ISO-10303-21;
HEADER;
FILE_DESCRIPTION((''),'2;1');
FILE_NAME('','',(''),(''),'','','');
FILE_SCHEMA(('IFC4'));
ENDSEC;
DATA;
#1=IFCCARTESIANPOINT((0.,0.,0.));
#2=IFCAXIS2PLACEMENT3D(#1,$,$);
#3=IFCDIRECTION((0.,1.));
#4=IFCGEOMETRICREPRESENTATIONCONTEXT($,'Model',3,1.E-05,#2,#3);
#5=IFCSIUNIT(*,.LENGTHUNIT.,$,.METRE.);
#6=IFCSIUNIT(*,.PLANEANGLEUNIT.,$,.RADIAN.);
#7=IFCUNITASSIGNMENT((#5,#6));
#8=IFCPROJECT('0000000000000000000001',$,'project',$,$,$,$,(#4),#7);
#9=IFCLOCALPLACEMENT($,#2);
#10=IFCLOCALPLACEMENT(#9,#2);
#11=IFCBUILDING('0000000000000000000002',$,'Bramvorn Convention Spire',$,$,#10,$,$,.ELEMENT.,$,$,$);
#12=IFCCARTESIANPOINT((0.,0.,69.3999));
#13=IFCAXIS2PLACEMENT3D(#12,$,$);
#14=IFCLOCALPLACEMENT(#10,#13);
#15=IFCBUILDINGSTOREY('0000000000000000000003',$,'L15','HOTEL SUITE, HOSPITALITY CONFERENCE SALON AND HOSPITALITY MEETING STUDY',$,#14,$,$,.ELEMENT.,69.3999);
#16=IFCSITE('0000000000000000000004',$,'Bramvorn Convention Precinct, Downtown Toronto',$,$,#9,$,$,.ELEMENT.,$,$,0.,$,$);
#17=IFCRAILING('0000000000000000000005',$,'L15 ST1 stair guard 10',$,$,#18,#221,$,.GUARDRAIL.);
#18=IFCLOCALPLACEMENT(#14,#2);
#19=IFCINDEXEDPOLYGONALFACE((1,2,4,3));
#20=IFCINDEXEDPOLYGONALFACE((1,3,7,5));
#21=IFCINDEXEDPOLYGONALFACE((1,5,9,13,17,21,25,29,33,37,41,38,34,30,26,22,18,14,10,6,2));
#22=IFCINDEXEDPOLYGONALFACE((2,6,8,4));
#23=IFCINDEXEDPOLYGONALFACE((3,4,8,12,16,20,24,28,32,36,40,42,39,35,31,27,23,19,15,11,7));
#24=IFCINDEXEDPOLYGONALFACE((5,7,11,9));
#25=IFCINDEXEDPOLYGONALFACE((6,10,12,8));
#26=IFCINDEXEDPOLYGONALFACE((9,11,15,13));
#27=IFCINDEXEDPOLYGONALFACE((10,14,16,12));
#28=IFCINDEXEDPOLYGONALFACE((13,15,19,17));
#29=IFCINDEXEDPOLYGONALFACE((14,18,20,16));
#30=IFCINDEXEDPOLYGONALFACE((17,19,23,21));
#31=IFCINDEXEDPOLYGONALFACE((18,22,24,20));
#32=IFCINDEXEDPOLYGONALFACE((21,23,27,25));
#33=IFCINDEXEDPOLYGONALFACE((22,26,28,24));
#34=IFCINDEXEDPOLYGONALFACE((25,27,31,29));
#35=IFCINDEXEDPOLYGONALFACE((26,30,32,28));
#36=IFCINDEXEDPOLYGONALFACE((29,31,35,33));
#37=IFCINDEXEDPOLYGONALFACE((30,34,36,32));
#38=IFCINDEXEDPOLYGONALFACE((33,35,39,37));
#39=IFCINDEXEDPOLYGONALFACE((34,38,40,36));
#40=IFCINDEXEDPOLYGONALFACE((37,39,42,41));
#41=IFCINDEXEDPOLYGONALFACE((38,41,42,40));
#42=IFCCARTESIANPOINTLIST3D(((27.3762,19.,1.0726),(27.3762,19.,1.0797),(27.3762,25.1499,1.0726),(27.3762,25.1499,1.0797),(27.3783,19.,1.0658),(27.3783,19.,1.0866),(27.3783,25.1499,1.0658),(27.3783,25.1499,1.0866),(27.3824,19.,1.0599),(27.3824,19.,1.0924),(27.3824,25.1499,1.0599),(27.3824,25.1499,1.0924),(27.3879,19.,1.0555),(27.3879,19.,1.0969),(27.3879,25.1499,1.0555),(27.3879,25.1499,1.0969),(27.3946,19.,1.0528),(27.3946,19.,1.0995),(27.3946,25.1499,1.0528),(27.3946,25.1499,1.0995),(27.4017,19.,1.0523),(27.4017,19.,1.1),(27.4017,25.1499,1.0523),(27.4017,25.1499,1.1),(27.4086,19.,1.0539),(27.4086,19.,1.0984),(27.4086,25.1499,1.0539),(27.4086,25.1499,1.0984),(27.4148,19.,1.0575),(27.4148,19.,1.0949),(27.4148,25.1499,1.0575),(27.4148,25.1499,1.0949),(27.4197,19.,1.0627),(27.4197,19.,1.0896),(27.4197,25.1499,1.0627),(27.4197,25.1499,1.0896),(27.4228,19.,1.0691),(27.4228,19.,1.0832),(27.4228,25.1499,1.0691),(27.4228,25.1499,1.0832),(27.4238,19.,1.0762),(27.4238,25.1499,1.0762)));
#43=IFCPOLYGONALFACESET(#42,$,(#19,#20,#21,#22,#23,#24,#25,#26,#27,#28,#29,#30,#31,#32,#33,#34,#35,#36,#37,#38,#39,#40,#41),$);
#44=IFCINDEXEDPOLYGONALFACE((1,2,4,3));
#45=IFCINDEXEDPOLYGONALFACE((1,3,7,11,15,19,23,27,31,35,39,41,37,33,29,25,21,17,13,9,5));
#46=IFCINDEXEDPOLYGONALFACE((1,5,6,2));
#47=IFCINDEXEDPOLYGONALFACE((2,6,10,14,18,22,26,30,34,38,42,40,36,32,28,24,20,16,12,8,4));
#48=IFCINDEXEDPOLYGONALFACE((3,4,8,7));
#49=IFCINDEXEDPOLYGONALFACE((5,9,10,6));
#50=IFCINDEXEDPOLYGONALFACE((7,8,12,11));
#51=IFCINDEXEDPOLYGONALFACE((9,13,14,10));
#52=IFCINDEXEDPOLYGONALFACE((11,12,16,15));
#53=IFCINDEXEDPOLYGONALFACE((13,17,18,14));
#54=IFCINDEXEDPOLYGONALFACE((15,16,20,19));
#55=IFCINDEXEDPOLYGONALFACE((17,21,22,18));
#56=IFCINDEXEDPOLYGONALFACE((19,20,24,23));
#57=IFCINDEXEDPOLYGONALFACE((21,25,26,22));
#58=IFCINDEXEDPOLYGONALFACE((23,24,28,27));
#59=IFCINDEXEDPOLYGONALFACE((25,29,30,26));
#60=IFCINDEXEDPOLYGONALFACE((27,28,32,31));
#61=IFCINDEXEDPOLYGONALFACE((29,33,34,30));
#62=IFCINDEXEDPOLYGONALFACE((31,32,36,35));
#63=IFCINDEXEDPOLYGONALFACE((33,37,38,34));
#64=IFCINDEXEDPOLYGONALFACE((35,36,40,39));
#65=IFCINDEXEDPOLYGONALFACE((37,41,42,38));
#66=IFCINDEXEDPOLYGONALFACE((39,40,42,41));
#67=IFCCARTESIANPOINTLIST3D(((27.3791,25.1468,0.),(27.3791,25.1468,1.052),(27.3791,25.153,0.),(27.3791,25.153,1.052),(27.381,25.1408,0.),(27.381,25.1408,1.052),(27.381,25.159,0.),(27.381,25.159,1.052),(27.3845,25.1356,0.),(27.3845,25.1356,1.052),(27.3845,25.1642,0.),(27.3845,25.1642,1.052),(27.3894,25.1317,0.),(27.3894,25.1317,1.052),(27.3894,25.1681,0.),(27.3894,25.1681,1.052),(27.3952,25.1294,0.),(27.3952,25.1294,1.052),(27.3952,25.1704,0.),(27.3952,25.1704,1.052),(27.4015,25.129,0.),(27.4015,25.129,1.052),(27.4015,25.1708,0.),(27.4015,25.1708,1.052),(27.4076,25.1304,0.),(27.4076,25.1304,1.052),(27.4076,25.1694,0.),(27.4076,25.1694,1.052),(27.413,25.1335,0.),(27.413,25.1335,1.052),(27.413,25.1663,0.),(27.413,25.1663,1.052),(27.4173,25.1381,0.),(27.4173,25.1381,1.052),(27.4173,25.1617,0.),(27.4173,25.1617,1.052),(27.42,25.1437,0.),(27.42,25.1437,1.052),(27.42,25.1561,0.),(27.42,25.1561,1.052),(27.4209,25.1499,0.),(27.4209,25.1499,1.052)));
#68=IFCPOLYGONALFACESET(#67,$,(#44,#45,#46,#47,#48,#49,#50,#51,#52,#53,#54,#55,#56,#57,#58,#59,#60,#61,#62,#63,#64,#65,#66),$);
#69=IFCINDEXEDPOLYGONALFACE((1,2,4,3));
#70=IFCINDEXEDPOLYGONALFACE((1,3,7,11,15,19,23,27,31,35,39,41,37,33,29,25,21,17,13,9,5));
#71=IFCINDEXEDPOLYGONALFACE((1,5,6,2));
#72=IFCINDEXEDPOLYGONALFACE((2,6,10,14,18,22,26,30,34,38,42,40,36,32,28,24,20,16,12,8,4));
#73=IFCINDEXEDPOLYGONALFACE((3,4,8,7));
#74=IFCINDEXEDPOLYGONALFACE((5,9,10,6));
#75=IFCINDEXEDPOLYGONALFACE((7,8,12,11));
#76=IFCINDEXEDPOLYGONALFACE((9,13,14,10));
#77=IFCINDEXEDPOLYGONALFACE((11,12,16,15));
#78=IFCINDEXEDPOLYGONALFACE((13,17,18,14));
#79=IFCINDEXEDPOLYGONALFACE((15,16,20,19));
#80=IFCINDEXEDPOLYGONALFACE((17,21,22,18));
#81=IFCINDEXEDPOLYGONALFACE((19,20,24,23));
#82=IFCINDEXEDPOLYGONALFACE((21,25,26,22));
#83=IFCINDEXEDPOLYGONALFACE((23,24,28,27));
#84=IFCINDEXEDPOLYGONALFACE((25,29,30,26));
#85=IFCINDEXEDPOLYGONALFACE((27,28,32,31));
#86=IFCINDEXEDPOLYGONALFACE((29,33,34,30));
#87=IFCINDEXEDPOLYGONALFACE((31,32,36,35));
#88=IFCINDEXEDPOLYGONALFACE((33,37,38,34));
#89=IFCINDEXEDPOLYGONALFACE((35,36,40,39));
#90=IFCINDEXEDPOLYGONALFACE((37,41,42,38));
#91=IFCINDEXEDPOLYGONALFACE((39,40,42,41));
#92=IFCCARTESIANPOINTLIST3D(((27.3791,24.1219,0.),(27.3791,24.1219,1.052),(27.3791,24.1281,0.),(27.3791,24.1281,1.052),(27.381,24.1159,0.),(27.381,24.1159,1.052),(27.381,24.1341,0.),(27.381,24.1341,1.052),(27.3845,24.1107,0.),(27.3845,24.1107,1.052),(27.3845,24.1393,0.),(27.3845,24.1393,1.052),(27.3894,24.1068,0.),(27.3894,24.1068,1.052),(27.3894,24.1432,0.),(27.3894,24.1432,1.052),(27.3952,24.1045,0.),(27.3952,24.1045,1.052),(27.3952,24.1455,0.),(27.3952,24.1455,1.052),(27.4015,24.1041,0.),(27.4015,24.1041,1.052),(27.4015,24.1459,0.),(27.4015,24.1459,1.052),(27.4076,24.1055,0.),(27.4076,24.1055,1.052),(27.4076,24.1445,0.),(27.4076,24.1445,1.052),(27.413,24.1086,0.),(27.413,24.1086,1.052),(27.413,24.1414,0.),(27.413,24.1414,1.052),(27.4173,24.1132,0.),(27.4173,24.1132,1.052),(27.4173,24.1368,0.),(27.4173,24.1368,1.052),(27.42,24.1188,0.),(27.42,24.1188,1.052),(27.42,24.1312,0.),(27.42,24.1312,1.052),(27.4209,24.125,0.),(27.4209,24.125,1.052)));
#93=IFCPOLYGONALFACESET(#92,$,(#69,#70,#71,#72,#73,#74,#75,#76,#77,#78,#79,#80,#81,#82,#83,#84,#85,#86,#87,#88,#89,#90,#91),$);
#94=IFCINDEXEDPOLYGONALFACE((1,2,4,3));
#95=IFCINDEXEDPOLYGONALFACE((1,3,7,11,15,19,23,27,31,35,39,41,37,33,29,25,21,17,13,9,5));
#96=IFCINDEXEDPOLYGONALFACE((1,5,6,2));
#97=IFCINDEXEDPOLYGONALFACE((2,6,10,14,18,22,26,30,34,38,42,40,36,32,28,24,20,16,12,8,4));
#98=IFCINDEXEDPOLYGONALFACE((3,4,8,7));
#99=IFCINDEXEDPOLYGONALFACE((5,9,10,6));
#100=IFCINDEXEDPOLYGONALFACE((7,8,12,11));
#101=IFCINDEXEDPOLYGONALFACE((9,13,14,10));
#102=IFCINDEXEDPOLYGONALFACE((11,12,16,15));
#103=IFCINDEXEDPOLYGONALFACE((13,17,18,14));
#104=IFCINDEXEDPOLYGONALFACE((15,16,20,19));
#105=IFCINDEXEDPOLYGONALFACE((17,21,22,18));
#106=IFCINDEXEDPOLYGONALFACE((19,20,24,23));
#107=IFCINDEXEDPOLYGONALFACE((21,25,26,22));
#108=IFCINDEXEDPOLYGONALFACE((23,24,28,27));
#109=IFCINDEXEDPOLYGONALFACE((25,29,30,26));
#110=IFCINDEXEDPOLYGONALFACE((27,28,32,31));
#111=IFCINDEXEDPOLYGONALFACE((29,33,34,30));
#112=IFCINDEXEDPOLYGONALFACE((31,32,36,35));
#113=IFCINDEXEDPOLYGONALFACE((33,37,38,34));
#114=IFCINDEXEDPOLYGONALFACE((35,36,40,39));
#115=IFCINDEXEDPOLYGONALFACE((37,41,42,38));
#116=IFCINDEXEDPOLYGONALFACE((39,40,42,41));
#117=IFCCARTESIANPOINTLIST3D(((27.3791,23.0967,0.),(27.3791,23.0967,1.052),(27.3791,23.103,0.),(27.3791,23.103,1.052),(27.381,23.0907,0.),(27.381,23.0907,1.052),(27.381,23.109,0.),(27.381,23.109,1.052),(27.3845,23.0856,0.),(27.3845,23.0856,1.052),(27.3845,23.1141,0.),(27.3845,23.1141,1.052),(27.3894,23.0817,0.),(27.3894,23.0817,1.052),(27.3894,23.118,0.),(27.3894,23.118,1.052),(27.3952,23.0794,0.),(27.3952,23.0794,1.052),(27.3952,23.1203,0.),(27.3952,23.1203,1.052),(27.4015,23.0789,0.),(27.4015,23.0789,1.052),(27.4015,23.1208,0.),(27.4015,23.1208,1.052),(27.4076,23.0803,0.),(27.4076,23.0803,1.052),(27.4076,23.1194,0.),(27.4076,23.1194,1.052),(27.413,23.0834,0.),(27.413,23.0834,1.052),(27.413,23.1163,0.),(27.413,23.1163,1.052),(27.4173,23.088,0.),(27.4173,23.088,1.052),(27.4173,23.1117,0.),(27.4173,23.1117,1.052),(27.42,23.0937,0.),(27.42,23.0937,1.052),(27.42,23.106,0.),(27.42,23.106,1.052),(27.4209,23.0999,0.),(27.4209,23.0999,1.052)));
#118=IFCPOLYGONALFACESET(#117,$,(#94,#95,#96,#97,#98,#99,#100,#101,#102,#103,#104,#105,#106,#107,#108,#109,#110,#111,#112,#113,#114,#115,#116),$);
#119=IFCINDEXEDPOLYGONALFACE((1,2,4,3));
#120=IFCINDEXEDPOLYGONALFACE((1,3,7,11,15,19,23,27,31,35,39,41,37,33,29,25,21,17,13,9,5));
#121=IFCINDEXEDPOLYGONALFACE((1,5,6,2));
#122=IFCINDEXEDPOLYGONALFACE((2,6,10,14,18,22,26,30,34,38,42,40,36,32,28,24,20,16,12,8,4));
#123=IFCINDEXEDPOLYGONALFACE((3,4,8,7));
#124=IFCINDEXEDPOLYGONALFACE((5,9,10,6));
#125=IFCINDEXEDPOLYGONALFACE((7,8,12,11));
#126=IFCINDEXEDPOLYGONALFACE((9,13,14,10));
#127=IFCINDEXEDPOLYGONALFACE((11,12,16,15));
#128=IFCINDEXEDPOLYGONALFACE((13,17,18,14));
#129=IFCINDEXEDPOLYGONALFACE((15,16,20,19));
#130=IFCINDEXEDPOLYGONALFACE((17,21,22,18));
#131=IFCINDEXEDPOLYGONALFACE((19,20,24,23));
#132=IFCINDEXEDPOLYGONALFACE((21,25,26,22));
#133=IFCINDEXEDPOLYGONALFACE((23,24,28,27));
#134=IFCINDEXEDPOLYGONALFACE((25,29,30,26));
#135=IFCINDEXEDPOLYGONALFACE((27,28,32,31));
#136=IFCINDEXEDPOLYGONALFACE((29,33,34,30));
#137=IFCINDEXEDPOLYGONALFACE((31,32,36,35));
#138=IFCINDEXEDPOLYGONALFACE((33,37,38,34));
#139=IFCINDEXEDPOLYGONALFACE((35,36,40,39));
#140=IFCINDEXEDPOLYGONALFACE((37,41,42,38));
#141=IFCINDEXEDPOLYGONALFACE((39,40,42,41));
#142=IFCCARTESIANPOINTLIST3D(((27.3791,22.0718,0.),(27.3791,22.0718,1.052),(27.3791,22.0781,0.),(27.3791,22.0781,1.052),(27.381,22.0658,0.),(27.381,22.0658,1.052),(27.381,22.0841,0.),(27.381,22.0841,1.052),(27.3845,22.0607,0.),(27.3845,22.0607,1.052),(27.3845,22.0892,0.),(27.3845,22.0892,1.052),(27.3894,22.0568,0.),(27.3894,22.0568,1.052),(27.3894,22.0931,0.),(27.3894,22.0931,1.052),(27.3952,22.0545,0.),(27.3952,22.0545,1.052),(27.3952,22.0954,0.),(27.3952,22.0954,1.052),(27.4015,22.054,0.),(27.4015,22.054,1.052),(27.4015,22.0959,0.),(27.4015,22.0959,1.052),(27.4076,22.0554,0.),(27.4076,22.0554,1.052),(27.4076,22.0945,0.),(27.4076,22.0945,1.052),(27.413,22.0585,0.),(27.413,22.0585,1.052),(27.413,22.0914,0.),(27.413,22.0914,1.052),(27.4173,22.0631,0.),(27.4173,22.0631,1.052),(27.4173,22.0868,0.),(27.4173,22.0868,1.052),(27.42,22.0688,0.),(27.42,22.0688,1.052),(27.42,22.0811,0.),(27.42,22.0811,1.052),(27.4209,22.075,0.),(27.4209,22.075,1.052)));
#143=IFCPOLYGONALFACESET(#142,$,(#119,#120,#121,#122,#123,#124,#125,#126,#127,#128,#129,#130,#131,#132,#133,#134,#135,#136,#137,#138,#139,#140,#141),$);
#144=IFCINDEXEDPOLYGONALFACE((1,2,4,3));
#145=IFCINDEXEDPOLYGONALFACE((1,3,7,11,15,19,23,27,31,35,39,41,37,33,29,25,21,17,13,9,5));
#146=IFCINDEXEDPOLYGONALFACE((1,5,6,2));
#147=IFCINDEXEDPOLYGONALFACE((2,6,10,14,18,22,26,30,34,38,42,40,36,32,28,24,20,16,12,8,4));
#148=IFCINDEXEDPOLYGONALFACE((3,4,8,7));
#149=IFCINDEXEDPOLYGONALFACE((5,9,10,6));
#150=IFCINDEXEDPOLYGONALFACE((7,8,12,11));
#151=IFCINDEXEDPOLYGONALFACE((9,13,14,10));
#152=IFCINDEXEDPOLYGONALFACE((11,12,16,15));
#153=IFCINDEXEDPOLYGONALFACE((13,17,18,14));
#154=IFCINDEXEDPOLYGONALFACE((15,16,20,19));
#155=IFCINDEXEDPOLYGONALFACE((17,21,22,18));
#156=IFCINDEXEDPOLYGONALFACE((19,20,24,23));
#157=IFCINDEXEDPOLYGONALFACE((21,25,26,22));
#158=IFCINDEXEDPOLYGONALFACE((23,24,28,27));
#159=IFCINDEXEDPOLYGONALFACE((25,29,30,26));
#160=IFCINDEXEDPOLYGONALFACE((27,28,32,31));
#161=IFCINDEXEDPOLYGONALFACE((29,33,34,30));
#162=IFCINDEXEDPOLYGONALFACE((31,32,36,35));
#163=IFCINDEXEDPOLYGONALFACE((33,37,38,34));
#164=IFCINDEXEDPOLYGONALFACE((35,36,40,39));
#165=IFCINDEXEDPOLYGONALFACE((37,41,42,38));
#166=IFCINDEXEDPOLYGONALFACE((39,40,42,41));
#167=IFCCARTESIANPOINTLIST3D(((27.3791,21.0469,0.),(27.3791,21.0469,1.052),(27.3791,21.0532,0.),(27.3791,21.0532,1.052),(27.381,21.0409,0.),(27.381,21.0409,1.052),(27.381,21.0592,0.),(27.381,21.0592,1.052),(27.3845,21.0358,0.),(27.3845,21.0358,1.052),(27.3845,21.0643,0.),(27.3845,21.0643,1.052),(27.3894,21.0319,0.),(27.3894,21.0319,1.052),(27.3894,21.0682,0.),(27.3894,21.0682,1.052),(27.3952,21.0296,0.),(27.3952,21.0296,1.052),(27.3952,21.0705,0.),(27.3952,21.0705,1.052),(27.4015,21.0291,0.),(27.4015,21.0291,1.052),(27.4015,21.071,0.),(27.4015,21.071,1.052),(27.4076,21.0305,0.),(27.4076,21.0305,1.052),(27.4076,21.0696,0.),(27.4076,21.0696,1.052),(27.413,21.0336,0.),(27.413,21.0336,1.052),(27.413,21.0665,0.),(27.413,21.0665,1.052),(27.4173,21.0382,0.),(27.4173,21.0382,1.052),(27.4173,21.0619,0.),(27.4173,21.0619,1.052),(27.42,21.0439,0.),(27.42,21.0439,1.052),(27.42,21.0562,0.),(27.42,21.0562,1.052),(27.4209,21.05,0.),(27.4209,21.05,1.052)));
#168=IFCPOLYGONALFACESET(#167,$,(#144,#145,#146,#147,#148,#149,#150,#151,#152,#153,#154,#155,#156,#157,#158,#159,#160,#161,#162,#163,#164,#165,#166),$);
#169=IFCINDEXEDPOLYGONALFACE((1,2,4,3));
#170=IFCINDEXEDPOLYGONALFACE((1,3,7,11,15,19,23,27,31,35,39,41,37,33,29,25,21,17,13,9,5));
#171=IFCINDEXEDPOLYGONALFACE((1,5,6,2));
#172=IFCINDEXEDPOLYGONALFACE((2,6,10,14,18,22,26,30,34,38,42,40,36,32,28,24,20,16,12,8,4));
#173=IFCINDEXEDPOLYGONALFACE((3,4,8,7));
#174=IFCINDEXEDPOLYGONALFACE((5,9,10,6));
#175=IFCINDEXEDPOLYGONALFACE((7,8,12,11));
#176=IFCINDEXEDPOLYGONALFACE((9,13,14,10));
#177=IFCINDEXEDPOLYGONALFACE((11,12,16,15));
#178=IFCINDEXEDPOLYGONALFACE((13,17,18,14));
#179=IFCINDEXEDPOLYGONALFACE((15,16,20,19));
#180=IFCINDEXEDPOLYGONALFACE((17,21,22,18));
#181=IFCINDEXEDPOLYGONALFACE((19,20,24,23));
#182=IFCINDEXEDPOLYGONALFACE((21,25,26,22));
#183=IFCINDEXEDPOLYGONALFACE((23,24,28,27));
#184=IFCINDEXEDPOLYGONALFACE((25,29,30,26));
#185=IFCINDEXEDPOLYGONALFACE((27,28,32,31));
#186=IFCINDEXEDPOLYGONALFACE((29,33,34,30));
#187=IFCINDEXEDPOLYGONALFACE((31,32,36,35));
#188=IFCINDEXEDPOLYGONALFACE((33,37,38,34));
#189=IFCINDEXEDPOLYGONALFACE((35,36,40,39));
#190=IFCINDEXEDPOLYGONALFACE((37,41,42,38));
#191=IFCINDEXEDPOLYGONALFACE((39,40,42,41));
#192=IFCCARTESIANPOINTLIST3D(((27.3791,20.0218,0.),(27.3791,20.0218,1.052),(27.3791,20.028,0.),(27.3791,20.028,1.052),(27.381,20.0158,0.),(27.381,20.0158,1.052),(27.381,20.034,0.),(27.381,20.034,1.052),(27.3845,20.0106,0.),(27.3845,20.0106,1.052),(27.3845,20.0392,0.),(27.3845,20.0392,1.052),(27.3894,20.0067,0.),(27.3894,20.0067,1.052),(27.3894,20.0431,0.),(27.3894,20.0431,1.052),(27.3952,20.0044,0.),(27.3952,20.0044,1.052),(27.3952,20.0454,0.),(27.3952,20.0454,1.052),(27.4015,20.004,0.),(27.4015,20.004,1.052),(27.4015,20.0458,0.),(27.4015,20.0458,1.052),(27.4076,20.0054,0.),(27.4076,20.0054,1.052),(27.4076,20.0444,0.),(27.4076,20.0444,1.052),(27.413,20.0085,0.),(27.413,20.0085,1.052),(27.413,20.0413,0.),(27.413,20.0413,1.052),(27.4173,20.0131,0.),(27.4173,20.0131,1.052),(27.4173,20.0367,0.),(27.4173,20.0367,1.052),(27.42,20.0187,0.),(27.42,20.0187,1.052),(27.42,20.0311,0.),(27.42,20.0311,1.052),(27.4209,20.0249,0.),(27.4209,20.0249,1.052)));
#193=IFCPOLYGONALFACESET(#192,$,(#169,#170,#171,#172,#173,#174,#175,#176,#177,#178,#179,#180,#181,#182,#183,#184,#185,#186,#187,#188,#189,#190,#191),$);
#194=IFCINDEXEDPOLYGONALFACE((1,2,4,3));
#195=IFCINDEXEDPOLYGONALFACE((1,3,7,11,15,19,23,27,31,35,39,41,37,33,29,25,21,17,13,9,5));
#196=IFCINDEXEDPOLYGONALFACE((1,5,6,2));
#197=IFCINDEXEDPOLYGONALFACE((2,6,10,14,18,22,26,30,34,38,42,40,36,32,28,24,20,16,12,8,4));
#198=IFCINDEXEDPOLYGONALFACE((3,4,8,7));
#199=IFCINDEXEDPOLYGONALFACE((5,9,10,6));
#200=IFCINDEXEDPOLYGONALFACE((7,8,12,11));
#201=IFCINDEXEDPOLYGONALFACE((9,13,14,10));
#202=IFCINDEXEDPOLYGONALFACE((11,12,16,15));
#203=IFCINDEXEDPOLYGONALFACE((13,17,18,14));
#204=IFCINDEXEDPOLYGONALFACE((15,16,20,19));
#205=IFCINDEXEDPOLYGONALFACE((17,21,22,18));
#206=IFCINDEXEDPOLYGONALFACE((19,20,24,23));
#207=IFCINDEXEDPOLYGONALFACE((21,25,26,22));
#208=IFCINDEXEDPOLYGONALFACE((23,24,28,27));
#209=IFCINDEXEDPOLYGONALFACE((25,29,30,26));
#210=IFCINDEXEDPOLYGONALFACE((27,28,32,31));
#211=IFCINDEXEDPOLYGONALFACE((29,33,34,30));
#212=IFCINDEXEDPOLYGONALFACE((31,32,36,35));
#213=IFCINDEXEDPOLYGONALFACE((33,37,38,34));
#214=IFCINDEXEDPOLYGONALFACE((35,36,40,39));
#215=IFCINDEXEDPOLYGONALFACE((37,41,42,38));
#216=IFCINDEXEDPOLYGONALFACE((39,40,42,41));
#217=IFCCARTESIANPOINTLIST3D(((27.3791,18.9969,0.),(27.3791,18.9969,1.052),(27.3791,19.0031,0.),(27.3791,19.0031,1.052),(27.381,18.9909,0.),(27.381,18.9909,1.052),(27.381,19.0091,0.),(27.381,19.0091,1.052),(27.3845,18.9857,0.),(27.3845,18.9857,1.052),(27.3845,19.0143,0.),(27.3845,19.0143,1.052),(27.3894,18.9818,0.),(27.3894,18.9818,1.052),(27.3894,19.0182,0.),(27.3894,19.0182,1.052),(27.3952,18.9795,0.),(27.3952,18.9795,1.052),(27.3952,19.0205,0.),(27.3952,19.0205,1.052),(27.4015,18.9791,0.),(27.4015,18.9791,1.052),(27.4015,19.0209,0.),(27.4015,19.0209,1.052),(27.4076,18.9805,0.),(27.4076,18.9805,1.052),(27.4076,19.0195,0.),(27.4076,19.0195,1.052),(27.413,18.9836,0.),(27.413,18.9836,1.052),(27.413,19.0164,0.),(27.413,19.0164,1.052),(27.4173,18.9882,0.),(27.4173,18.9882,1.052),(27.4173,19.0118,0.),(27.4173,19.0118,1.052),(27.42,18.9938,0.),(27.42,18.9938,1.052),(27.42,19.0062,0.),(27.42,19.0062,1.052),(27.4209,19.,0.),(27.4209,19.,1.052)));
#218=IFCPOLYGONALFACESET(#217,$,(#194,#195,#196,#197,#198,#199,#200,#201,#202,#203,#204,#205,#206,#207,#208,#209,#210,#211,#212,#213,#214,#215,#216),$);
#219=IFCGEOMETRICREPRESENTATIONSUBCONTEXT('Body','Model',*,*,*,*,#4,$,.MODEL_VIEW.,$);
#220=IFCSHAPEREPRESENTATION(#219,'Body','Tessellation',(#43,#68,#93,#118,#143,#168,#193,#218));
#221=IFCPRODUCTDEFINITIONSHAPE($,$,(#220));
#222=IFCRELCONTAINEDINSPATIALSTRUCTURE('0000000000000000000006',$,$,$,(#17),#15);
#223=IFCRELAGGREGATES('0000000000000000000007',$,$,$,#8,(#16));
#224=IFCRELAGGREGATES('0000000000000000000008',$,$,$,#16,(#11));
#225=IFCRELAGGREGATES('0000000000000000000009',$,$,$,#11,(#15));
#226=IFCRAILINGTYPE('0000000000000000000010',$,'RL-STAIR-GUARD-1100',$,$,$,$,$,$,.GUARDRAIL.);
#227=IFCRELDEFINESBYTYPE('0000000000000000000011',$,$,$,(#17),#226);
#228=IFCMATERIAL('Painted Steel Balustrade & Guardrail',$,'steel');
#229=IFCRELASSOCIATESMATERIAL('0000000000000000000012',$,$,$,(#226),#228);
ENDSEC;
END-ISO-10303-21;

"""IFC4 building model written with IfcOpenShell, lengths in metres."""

from ifc_helpers import new_model, si_unit, direction, frame, origin, origin_2d, place, context, subcontext, project, spatial, circle, extrude, material, type_object, element, save


model = new_model("IFC4")

# Units and contexts
model_context = context("Model", 3, precision=1e-05, world=origin(), true_north=direction((0.0, 1.0)))
body_context = subcontext(model_context, "Body", "Model", "MODEL_VIEW")
ifc_project = project(units=[si_unit("LENGTHUNIT", "METRE"), si_unit("PLANEANGLEUNIT", "RADIAN")], contexts=[model_context])

# Site, building, storey
site_placement = place(None, origin())
site = spatial("IfcSite", under=ifc_project, at=site_placement, Name="Bramvorn Convention Precinct, Downtown Toronto", CompositionType="ELEMENT", RefElevation=0.0)
building_placement = place(site_placement, origin())
building = spatial("IfcBuilding", under=site, at=building_placement, Name="Bramvorn Convention Spire", CompositionType="ELEMENT")
storey_placement = place(building_placement, frame((0.0, 0.0, 69.3999)))
storey = spatial("IfcBuildingStorey", under=building, at=storey_placement, Name="L15", Description="HOTEL SUITE, HOSPITALITY CONFERENCE SALON AND HOSPITALITY MEETING STUDY", CompositionType="ELEMENT", Elevation=69.3999)

# Railing
ifc_material_1 = material(Name="Painted Steel Balustrade & Guardrail", Category="steel")
railing_type_1 = type_object("IfcRailingType", Name="RL-STAIR-GUARD-1100", PredefinedType="GUARDRAIL", material=ifc_material_1)
railing_1_placement = place(storey_placement, frame((27.3999, 25.1499, 0.0)))
element("IfcRailing", 1, at=railing_1_placement, inside=storey, type_object=railing_type_1, Name="L15 ST1 stair guard 10", PredefinedType="GUARDRAIL", context=body_context, shape_type="SweptSolid", body=[
    extrude(circle(Radius=0.0239, at=origin_2d()), frame((0.0, 0.0, 1.0762), z_axis=(0.0, -1.0, 0.0), x_axis=(1.0, 0.0, 0.0)), (0.0, 0.0, 1.0), 6.1499),
    extrude(circle(Radius=0.021, at=origin_2d()), origin(), (0.0, 0.0, 1.0), 1.052),
    extrude(circle(Radius=0.021, at=origin_2d()), frame((0.0, -1.0249, 0.0)), (0.0, 0.0, 1.0), 1.052),
    extrude(circle(Radius=0.021, at=origin_2d()), frame((0.0, -2.05, 0.0)), (0.0, 0.0, 1.0), 1.052),
    extrude(circle(Radius=0.021, at=origin_2d()), frame((0.0, -3.075, 0.0)), (0.0, 0.0, 1.0), 1.052),
    extrude(circle(Radius=0.021, at=origin_2d()), frame((0.0, -4.0999, 0.0)), (0.0, 0.0, 1.0), 1.052),
    extrude(circle(Radius=0.021, at=origin_2d()), frame((0.0, -5.125, 0.0)), (0.0, 0.0, 1.0), 1.052),
    extrude(circle(Radius=0.021, at=origin_2d()), frame((0.0, -6.1499, 0.0)), (0.0, 0.0, 1.0), 1.052),
])

save(model, "model.ifc")
